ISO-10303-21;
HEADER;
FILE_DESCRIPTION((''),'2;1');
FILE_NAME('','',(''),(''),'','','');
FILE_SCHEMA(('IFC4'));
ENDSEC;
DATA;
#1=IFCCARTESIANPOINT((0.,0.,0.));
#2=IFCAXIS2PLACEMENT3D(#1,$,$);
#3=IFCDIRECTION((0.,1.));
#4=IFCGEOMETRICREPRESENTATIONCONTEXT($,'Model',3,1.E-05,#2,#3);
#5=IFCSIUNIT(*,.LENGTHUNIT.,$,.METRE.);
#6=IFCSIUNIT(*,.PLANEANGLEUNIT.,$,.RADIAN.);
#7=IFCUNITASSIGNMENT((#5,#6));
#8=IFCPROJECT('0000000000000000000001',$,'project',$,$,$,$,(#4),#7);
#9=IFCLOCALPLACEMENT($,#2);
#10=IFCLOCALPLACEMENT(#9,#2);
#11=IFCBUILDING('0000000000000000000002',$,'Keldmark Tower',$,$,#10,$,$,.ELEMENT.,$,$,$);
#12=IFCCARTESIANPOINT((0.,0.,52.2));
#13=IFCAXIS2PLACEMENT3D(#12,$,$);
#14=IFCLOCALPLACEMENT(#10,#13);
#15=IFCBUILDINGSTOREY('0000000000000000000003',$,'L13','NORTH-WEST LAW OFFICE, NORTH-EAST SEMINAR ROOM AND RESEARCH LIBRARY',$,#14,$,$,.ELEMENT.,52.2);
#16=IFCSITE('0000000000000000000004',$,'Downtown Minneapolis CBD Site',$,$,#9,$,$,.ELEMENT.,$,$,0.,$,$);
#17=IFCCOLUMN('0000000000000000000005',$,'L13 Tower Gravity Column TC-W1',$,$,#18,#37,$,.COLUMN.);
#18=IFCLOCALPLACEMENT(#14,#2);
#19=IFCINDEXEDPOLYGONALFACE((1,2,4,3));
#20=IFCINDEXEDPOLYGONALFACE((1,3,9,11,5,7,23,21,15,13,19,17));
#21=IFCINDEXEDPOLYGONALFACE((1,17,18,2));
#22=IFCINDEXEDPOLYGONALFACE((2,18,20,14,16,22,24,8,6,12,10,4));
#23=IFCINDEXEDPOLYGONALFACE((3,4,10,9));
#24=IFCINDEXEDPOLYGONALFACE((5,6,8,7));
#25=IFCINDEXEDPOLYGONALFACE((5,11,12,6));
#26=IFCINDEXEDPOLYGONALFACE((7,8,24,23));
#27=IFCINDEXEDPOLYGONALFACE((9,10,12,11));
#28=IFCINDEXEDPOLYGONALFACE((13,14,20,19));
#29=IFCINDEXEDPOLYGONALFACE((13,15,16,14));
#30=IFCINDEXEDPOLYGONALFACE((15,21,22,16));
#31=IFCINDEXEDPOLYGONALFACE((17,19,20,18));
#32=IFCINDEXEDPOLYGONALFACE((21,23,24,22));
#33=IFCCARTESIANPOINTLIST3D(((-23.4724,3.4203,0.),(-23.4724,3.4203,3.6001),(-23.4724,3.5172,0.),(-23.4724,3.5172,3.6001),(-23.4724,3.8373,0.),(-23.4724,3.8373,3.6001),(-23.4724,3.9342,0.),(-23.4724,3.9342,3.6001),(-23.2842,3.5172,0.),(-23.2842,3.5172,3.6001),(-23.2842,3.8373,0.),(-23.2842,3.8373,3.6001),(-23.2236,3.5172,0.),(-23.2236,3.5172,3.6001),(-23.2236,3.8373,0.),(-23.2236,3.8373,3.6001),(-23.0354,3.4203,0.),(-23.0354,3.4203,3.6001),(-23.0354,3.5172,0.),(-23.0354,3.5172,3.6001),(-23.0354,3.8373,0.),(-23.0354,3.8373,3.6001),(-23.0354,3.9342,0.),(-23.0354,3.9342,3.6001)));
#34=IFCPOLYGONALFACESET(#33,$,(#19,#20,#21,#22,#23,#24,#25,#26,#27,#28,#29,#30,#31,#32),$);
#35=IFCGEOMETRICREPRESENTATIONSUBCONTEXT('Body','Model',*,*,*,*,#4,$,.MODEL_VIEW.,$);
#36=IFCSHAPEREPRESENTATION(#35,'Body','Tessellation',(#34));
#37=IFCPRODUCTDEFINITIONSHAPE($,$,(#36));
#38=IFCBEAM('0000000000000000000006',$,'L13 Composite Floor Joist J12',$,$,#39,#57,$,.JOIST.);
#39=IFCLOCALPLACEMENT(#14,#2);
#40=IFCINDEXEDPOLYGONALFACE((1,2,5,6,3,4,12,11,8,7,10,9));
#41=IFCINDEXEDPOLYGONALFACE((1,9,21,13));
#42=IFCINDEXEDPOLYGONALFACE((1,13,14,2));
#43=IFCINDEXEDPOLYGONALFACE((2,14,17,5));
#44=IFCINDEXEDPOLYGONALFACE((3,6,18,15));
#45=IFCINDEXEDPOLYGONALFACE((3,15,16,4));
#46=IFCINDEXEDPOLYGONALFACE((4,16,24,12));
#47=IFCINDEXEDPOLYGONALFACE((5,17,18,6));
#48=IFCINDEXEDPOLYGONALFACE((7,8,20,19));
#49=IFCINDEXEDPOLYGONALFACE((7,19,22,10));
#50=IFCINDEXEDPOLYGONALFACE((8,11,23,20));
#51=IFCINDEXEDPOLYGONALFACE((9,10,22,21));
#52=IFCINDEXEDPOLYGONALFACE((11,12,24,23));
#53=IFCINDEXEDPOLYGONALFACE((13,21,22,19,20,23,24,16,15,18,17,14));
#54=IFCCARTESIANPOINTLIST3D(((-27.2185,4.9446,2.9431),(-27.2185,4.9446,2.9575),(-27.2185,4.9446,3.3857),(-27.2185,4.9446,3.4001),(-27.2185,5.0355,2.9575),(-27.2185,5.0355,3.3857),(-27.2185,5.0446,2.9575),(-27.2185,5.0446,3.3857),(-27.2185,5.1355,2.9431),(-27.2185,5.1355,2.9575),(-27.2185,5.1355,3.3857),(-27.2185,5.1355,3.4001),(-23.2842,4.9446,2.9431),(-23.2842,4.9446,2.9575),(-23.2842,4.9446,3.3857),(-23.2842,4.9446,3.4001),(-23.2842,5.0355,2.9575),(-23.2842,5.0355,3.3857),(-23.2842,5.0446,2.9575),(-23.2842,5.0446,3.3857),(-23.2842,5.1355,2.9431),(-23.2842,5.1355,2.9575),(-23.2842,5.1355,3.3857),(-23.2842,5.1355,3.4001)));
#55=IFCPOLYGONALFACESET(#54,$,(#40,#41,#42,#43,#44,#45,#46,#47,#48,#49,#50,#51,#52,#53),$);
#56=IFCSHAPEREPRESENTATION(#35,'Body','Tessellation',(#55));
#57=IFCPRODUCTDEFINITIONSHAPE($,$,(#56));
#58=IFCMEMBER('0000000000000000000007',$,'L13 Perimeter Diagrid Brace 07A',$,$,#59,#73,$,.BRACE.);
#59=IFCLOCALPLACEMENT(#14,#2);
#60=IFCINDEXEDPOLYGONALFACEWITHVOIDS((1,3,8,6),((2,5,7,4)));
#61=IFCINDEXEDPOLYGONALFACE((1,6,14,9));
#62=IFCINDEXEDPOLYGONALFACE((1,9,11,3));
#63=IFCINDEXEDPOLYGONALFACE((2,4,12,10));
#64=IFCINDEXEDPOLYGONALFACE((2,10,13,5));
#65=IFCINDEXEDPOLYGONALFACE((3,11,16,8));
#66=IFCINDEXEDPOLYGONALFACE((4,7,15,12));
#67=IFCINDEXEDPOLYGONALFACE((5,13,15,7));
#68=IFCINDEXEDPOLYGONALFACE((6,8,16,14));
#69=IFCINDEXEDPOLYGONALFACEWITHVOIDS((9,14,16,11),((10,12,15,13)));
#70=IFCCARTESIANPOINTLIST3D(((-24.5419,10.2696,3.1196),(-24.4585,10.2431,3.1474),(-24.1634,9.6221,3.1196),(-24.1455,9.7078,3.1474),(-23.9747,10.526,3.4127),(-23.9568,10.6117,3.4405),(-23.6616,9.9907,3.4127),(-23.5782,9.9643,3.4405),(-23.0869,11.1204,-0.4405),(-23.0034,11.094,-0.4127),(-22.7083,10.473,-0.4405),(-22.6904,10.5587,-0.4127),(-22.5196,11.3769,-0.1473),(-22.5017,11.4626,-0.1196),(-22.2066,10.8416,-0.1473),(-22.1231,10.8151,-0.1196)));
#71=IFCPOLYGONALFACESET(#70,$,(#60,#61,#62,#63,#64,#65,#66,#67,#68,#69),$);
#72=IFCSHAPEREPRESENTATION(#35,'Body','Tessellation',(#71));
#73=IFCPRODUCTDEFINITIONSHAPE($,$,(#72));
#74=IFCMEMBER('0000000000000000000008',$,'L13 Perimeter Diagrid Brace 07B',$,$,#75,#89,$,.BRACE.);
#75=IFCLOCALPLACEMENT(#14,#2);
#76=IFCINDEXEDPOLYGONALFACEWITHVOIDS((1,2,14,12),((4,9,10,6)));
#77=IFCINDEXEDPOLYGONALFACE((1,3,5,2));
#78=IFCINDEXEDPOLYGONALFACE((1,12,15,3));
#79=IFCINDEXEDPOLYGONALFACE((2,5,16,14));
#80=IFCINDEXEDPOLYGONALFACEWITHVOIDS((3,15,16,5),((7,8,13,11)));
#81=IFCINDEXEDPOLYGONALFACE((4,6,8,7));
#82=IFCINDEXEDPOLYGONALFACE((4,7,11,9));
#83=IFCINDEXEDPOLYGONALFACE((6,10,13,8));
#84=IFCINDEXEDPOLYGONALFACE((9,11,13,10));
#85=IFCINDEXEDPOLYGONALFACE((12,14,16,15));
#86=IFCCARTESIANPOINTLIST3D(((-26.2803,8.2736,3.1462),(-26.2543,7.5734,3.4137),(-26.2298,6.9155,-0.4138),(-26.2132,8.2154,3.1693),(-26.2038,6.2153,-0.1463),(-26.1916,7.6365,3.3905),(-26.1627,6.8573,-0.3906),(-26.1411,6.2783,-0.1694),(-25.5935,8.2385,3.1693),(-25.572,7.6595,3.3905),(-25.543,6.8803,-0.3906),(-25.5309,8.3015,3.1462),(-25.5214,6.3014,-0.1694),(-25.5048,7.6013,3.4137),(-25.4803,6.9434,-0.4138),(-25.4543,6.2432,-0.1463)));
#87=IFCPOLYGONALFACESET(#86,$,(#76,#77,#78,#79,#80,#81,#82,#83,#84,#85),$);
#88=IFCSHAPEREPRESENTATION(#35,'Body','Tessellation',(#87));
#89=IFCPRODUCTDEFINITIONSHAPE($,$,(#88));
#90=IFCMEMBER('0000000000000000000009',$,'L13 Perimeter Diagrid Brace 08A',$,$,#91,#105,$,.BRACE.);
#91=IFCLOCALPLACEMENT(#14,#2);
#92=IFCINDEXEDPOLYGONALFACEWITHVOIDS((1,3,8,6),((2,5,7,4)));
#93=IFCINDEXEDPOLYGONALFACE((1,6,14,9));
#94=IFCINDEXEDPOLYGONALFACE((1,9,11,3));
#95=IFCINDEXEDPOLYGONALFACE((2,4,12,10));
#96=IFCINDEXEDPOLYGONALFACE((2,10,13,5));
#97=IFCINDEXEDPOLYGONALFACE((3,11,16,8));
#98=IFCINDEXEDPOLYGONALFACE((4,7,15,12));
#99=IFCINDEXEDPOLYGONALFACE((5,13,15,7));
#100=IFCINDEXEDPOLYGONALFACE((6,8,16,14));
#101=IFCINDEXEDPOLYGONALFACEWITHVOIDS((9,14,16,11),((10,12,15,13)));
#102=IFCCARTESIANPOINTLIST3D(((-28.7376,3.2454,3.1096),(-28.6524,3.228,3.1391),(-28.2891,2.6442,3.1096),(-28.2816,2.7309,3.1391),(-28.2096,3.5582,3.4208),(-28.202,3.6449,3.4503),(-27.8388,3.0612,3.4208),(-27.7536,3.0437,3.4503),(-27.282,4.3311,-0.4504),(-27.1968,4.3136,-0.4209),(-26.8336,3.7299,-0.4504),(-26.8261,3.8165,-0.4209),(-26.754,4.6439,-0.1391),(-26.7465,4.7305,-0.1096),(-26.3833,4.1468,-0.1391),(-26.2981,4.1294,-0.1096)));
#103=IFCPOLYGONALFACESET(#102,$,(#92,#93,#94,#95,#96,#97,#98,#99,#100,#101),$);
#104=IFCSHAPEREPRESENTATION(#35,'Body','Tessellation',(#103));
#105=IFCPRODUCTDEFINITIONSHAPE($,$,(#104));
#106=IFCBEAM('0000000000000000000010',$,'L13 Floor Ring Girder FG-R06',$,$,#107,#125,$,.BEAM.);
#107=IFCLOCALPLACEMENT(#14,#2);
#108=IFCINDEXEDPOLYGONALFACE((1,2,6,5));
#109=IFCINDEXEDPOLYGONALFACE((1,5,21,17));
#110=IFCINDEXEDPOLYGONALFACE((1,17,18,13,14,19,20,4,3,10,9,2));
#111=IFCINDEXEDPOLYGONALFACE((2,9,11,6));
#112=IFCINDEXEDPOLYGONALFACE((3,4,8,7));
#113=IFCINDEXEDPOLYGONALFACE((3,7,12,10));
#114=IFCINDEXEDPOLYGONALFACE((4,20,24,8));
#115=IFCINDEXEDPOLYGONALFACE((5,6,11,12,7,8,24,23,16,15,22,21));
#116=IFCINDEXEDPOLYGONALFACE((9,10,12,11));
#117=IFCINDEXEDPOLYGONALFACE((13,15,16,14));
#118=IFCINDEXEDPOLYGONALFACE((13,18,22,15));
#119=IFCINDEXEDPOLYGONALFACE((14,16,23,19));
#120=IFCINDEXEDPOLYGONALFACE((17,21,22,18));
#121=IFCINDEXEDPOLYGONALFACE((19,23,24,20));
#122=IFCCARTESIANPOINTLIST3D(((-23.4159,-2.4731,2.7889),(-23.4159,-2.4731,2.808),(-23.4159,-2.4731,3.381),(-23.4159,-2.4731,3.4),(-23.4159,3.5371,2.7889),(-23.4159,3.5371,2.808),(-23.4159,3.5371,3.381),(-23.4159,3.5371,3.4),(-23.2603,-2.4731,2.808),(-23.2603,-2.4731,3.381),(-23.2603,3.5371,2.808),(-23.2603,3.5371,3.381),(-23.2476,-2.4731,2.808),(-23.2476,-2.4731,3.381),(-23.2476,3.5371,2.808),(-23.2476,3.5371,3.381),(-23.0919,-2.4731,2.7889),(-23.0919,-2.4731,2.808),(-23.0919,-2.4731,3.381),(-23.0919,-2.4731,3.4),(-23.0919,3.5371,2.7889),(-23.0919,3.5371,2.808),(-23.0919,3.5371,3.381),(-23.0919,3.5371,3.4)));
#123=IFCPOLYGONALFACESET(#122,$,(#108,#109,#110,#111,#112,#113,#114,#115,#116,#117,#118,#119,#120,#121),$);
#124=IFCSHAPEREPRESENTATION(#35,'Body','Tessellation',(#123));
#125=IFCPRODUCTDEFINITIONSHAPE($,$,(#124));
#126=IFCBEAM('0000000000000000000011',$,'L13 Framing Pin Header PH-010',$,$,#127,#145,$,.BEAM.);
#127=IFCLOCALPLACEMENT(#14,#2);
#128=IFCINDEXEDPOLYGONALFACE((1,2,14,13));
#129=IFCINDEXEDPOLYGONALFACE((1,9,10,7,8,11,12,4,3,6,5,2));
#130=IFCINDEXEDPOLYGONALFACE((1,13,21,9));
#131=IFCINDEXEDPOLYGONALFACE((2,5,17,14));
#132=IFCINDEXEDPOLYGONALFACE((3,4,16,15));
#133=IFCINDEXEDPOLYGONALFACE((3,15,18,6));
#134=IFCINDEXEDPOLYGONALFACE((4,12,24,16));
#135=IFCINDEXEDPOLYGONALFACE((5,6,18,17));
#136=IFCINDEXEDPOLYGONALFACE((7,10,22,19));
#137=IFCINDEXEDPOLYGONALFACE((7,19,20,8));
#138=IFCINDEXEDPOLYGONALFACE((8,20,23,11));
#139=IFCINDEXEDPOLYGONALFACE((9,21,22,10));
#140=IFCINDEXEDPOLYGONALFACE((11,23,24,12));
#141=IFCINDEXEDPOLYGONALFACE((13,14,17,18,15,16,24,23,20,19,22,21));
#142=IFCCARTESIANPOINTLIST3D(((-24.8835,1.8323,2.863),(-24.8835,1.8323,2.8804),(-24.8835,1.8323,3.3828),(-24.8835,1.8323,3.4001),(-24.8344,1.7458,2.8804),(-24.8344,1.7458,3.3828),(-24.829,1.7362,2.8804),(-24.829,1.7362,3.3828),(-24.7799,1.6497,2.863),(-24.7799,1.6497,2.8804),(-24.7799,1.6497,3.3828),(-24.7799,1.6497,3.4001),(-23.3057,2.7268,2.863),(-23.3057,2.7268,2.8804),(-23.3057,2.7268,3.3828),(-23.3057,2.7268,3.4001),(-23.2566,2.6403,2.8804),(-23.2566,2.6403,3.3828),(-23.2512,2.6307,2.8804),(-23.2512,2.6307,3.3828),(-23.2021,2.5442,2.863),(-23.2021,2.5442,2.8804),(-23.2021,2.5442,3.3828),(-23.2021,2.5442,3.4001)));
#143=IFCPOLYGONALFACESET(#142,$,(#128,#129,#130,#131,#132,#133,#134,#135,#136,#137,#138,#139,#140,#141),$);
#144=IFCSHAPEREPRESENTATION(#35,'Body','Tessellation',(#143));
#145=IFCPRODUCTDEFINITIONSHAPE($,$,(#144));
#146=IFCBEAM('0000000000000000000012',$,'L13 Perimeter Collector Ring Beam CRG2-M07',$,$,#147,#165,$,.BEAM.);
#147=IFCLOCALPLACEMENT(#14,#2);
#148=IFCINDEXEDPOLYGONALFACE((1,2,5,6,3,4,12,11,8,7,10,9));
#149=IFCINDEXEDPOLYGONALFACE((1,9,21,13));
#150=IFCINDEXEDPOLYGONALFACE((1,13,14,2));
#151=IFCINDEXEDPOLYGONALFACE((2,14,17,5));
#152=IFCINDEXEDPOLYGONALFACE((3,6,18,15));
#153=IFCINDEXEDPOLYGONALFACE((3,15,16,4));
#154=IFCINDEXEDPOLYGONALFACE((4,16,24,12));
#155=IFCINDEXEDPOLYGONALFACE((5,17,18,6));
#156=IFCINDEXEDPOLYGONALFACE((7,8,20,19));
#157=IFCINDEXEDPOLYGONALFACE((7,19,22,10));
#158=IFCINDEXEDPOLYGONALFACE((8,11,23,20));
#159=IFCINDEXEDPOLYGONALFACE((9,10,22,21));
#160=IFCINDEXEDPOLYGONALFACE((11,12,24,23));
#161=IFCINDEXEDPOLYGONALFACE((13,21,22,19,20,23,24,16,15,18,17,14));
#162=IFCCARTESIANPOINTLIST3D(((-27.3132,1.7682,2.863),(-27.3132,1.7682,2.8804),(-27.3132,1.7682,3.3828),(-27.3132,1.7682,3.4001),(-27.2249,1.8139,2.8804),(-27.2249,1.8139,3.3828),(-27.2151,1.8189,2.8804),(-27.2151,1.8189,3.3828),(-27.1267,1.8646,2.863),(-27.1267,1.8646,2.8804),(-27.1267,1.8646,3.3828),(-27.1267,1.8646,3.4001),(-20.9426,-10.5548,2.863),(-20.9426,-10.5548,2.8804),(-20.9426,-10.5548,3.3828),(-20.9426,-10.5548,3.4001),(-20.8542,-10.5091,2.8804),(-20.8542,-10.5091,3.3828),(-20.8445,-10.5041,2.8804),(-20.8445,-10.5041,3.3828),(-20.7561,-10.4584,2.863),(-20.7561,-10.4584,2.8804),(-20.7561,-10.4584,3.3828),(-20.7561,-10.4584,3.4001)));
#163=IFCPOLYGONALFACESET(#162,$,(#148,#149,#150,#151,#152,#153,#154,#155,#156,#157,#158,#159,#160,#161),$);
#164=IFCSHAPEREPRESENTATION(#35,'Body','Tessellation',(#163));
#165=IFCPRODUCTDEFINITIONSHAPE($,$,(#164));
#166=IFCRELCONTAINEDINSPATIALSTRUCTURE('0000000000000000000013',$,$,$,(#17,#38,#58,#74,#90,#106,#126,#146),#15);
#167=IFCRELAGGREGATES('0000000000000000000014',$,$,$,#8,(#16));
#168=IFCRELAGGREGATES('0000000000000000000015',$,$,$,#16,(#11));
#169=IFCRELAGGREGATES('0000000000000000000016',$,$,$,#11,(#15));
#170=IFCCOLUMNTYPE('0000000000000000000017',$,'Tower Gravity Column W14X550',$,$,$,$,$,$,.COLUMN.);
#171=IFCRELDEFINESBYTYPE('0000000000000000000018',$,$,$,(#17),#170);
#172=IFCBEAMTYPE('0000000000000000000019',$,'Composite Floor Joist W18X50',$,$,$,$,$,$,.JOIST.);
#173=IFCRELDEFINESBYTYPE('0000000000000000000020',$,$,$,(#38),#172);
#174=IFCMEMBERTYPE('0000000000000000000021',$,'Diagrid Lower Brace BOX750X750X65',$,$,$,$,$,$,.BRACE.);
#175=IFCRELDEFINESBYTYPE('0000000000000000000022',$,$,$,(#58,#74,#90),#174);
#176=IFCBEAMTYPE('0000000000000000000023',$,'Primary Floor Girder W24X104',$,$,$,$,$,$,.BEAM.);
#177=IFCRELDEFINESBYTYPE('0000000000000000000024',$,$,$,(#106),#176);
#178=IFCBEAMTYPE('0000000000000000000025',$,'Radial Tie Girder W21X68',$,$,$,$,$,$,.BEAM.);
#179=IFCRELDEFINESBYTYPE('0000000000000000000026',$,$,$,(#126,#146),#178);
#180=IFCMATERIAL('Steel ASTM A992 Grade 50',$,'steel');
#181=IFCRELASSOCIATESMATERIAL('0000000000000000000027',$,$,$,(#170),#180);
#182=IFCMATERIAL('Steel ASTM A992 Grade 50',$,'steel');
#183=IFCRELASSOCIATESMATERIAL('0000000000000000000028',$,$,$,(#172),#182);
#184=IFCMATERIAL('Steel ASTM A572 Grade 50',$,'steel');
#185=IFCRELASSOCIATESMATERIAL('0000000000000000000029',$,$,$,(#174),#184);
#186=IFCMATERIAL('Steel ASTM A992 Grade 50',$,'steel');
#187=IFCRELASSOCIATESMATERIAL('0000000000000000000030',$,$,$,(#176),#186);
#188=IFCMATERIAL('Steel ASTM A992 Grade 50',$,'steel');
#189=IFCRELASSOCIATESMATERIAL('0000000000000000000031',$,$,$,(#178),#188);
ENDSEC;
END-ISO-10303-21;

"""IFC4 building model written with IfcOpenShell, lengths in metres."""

from ifc_helpers import new_model, si_unit, direction, frame, origin, origin_2d, place, context, subcontext, project, spatial, hollow_rectangle, i_section, extrude, material, material_profile, profile_set, type_object, element, save


model = new_model("IFC4")

# Units and contexts
model_context = context("Model", 3, precision=1e-05, world=origin(), true_north=direction((0.0, 1.0)))
body_context = subcontext(model_context, "Body", "Model", "MODEL_VIEW")
ifc_project = project(units=[si_unit("LENGTHUNIT", "METRE"), si_unit("PLANEANGLEUNIT", "RADIAN")], contexts=[model_context])

# Site, building, storey
site_placement = place(None, origin())
site = spatial("IfcSite", under=ifc_project, at=site_placement, Name="Downtown Minneapolis CBD Site", CompositionType="ELEMENT", RefElevation=0.0)
building_placement = place(site_placement, origin())
building = spatial("IfcBuilding", under=site, at=building_placement, Name="Keldmark Tower", CompositionType="ELEMENT")
storey_placement = place(building_placement, frame((0.0, 0.0, 52.2)))
storey = spatial("IfcBuildingStorey", under=building, at=storey_placement, Name="L13", Description="NORTH-WEST LAW OFFICE, NORTH-EAST SEMINAR ROOM AND RESEARCH LIBRARY", CompositionType="ELEMENT", Elevation=52.2)

# Column
ifc_material_1 = material(Name="Steel ASTM A992 Grade 50", Category="steel")
ifc_material_profile_1 = material_profile(ifc_material_1, i_section(OverallWidth=0.437, OverallDepth=0.5139, WebThickness=0.0605, FlangeThickness=0.0969, at=origin_2d()), Name="W14X550")
ifc_profile_set_1 = profile_set([ifc_material_profile_1], Name="Steel ASTM A992 Grade 50")
column_type = type_object("IfcColumnType", Name="Tower Gravity Column W14X550", PredefinedType="COLUMN", material=ifc_profile_set_1)
column_placement = place(storey_placement, frame((-23.2539, 3.6772, 0.0), z_axis=(0.0, 0.0, 1.0), x_axis=(1.0, 0.0, 0.0)))
element("IfcColumn", 1, at=column_placement, inside=storey, type_object=column_type, Name="L13 Tower Gravity Column TC-W1", PredefinedType="COLUMN", context=body_context, shape_type="SweptSolid", body=[
    extrude(i_section(OverallWidth=0.437, OverallDepth=0.5139, WebThickness=0.0605, FlangeThickness=0.0969, at=origin_2d()), origin(), (0.0, 0.0, 1.0), 3.6001),
])

# Beam
ifc_material_2 = material(Name="Steel ASTM A992 Grade 50", Category="steel")
ifc_material_profile_2 = material_profile(ifc_material_2, i_section(OverallWidth=0.1909, OverallDepth=0.457, WebThickness=0.009, FlangeThickness=0.0144, at=origin_2d()), Name="W18X50")
ifc_profile_set_2 = profile_set([ifc_material_profile_2], Name="Steel ASTM A992 Grade 50")
beam_type_1 = type_object("IfcBeamType", Name="Composite Floor Joist W18X50", PredefinedType="JOIST", material=ifc_profile_set_2)
beam_1_placement = place(storey_placement, frame((-27.2185, 5.04, 3.1716), z_axis=(1.0, 0.0, 0.0), x_axis=(0.0, 1.0, 0.0)))
element("IfcBeam", 2, at=beam_1_placement, inside=storey, type_object=beam_type_1, Name="L13 Composite Floor Joist J12", PredefinedType="JOIST", context=body_context, shape_type="SweptSolid", body=[
    extrude(i_section(OverallWidth=0.1909, OverallDepth=0.457, WebThickness=0.009, FlangeThickness=0.0144, at=origin_2d()), origin(), (0.0, 0.0, 1.0), 3.9343),
])

# Members
ifc_material_3 = material(Name="Steel ASTM A572 Grade 50", Category="steel")
ifc_material_profile_3 = material_profile(ifc_material_3, hollow_rectangle(XDim=0.75, YDim=0.75, WallThickness=0.0649, at=origin_2d()), Name="BOX750X750X65")
ifc_profile_set_3 = profile_set([ifc_material_profile_3], Name="Steel ASTM A572 Grade 50")
member_type = type_object("IfcMemberType", Name="Diagrid Lower Brace BOX750X750X65", PredefinedType="BRACE", material=ifc_profile_set_3)
member_1_placement = place(storey_placement, frame((-22.605, 10.9678, -0.28), z_axis=(-0.369409, -0.216005, 0.903813), x_axis=(0.504771, -0.863253, 0.0)))
element("IfcMember", 3, at=member_1_placement, inside=storey, type_object=member_type, Name="L13 Perimeter Diagrid Brace 07A", PredefinedType="BRACE", context=body_context, shape_type="SweptSolid", body=[
    extrude(hollow_rectangle(XDim=0.75, YDim=0.75, WallThickness=0.0649, at=origin_2d()), origin(), (0.0, 0.0, 1.0), 3.939),
])
member_2_placement = place(storey_placement, frame((-25.842, 6.5793, -0.28), z_axis=(-0.013262, 0.356409, 0.934236), x_axis=(-0.999308, -0.037184, 0.0)))
element("IfcMember", 4, at=member_2_placement, inside=storey, type_object=member_type, Name="L13 Perimeter Diagrid Brace 07B", PredefinedType="BRACE", context=body_context, shape_type="SweptSolid", body=[
    extrude(hollow_rectangle(XDim=0.75, YDim=0.75, WallThickness=0.0649, at=origin_2d()), origin(), (0.0, 0.0, 1.0), 3.8105),
])
member_3_placement = place(storey_placement, frame((-26.79, 4.2302, -0.28), z_axis=(-0.364217, -0.271666, 0.890811), x_axis=(0.59789, -0.801578, 0.0)))
element("IfcMember", 5, at=member_3_placement, inside=storey, type_object=member_type, Name="L13 Perimeter Diagrid Brace 08A", PredefinedType="BRACE", context=body_context, shape_type="SweptSolid", body=[
    extrude(hollow_rectangle(XDim=0.75, YDim=0.75, WallThickness=0.0649, at=origin_2d()), origin(), (0.0, 0.0, 1.0), 3.9963),
])

# Beams
ifc_material_4 = material(Name="Steel ASTM A992 Grade 50", Category="steel")
ifc_material_profile_4 = material_profile(ifc_material_4, i_section(OverallWidth=0.324, OverallDepth=0.6111, WebThickness=0.0127, FlangeThickness=0.019, at=origin_2d()), Name="W24X104")
ifc_profile_set_4 = profile_set([ifc_material_profile_4], Name="Steel ASTM A992 Grade 50")
beam_type_2 = type_object("IfcBeamType", Name="Primary Floor Girder W24X104", PredefinedType="BEAM", material=ifc_profile_set_4)
beam_2_placement = place(storey_placement, frame((-23.2539, 3.5371, 3.0945), z_axis=(0.0, -1.0, 0.0), x_axis=(1.0, 0.0, 0.0)))
element("IfcBeam", 6, at=beam_2_placement, inside=storey, type_object=beam_type_2, Name="L13 Floor Ring Girder FG-R06", PredefinedType="BEAM", context=body_context, shape_type="SweptSolid", body=[
    extrude(i_section(OverallWidth=0.324, OverallDepth=0.6111, WebThickness=0.0127, FlangeThickness=0.019, at=origin_2d()), origin(), (0.0, 0.0, 1.0), 6.0103),
])
ifc_material_5 = material(Name="Steel ASTM A992 Grade 50", Category="steel")
ifc_material_profile_5 = material_profile(ifc_material_5, i_section(OverallWidth=0.21, OverallDepth=0.5371, WebThickness=0.011, FlangeThickness=0.0173, at=origin_2d()), Name="W21X68")
ifc_profile_set_5 = profile_set([ifc_material_profile_5], Name="Steel ASTM A992 Grade 50")
beam_type_3 = type_object("IfcBeamType", Name="Radial Tie Girder W21X68", PredefinedType="BEAM", material=ifc_profile_set_5)
beam_3_placement = place(storey_placement, frame((-23.2539, 2.6355, 3.1316), z_axis=(-0.869928, -0.493179, 0.0), x_axis=(0.493179, -0.869928, 0.0)))
element("IfcBeam", 7, at=beam_3_placement, inside=storey, type_object=beam_type_3, Name="L13 Framing Pin Header PH-010", PredefinedType="BEAM", context=body_context, shape_type="SweptSolid", body=[
    extrude(i_section(OverallWidth=0.21, OverallDepth=0.5371, WebThickness=0.011, FlangeThickness=0.0173, at=origin_2d()), origin(), (0.0, 0.0, 1.0), 1.8137),
])
beam_4_placement = place(storey_placement, frame((-27.22, 1.8164, 3.1316), z_axis=(0.459232, -0.888316, 0.0), x_axis=(0.888316, 0.459232, 0.0)))
element("IfcBeam", 8, at=beam_4_placement, inside=storey, type_object=beam_type_3, Name="L13 Perimeter Collector Ring Beam CRG2-M07", PredefinedType="BEAM", context=body_context, shape_type="SweptSolid", body=[
    extrude(i_section(OverallWidth=0.21, OverallDepth=0.5371, WebThickness=0.011, FlangeThickness=0.0173, at=origin_2d()), origin(), (0.0, 0.0, 1.0), 13.8723),
])

save(model, "model.ifc")
